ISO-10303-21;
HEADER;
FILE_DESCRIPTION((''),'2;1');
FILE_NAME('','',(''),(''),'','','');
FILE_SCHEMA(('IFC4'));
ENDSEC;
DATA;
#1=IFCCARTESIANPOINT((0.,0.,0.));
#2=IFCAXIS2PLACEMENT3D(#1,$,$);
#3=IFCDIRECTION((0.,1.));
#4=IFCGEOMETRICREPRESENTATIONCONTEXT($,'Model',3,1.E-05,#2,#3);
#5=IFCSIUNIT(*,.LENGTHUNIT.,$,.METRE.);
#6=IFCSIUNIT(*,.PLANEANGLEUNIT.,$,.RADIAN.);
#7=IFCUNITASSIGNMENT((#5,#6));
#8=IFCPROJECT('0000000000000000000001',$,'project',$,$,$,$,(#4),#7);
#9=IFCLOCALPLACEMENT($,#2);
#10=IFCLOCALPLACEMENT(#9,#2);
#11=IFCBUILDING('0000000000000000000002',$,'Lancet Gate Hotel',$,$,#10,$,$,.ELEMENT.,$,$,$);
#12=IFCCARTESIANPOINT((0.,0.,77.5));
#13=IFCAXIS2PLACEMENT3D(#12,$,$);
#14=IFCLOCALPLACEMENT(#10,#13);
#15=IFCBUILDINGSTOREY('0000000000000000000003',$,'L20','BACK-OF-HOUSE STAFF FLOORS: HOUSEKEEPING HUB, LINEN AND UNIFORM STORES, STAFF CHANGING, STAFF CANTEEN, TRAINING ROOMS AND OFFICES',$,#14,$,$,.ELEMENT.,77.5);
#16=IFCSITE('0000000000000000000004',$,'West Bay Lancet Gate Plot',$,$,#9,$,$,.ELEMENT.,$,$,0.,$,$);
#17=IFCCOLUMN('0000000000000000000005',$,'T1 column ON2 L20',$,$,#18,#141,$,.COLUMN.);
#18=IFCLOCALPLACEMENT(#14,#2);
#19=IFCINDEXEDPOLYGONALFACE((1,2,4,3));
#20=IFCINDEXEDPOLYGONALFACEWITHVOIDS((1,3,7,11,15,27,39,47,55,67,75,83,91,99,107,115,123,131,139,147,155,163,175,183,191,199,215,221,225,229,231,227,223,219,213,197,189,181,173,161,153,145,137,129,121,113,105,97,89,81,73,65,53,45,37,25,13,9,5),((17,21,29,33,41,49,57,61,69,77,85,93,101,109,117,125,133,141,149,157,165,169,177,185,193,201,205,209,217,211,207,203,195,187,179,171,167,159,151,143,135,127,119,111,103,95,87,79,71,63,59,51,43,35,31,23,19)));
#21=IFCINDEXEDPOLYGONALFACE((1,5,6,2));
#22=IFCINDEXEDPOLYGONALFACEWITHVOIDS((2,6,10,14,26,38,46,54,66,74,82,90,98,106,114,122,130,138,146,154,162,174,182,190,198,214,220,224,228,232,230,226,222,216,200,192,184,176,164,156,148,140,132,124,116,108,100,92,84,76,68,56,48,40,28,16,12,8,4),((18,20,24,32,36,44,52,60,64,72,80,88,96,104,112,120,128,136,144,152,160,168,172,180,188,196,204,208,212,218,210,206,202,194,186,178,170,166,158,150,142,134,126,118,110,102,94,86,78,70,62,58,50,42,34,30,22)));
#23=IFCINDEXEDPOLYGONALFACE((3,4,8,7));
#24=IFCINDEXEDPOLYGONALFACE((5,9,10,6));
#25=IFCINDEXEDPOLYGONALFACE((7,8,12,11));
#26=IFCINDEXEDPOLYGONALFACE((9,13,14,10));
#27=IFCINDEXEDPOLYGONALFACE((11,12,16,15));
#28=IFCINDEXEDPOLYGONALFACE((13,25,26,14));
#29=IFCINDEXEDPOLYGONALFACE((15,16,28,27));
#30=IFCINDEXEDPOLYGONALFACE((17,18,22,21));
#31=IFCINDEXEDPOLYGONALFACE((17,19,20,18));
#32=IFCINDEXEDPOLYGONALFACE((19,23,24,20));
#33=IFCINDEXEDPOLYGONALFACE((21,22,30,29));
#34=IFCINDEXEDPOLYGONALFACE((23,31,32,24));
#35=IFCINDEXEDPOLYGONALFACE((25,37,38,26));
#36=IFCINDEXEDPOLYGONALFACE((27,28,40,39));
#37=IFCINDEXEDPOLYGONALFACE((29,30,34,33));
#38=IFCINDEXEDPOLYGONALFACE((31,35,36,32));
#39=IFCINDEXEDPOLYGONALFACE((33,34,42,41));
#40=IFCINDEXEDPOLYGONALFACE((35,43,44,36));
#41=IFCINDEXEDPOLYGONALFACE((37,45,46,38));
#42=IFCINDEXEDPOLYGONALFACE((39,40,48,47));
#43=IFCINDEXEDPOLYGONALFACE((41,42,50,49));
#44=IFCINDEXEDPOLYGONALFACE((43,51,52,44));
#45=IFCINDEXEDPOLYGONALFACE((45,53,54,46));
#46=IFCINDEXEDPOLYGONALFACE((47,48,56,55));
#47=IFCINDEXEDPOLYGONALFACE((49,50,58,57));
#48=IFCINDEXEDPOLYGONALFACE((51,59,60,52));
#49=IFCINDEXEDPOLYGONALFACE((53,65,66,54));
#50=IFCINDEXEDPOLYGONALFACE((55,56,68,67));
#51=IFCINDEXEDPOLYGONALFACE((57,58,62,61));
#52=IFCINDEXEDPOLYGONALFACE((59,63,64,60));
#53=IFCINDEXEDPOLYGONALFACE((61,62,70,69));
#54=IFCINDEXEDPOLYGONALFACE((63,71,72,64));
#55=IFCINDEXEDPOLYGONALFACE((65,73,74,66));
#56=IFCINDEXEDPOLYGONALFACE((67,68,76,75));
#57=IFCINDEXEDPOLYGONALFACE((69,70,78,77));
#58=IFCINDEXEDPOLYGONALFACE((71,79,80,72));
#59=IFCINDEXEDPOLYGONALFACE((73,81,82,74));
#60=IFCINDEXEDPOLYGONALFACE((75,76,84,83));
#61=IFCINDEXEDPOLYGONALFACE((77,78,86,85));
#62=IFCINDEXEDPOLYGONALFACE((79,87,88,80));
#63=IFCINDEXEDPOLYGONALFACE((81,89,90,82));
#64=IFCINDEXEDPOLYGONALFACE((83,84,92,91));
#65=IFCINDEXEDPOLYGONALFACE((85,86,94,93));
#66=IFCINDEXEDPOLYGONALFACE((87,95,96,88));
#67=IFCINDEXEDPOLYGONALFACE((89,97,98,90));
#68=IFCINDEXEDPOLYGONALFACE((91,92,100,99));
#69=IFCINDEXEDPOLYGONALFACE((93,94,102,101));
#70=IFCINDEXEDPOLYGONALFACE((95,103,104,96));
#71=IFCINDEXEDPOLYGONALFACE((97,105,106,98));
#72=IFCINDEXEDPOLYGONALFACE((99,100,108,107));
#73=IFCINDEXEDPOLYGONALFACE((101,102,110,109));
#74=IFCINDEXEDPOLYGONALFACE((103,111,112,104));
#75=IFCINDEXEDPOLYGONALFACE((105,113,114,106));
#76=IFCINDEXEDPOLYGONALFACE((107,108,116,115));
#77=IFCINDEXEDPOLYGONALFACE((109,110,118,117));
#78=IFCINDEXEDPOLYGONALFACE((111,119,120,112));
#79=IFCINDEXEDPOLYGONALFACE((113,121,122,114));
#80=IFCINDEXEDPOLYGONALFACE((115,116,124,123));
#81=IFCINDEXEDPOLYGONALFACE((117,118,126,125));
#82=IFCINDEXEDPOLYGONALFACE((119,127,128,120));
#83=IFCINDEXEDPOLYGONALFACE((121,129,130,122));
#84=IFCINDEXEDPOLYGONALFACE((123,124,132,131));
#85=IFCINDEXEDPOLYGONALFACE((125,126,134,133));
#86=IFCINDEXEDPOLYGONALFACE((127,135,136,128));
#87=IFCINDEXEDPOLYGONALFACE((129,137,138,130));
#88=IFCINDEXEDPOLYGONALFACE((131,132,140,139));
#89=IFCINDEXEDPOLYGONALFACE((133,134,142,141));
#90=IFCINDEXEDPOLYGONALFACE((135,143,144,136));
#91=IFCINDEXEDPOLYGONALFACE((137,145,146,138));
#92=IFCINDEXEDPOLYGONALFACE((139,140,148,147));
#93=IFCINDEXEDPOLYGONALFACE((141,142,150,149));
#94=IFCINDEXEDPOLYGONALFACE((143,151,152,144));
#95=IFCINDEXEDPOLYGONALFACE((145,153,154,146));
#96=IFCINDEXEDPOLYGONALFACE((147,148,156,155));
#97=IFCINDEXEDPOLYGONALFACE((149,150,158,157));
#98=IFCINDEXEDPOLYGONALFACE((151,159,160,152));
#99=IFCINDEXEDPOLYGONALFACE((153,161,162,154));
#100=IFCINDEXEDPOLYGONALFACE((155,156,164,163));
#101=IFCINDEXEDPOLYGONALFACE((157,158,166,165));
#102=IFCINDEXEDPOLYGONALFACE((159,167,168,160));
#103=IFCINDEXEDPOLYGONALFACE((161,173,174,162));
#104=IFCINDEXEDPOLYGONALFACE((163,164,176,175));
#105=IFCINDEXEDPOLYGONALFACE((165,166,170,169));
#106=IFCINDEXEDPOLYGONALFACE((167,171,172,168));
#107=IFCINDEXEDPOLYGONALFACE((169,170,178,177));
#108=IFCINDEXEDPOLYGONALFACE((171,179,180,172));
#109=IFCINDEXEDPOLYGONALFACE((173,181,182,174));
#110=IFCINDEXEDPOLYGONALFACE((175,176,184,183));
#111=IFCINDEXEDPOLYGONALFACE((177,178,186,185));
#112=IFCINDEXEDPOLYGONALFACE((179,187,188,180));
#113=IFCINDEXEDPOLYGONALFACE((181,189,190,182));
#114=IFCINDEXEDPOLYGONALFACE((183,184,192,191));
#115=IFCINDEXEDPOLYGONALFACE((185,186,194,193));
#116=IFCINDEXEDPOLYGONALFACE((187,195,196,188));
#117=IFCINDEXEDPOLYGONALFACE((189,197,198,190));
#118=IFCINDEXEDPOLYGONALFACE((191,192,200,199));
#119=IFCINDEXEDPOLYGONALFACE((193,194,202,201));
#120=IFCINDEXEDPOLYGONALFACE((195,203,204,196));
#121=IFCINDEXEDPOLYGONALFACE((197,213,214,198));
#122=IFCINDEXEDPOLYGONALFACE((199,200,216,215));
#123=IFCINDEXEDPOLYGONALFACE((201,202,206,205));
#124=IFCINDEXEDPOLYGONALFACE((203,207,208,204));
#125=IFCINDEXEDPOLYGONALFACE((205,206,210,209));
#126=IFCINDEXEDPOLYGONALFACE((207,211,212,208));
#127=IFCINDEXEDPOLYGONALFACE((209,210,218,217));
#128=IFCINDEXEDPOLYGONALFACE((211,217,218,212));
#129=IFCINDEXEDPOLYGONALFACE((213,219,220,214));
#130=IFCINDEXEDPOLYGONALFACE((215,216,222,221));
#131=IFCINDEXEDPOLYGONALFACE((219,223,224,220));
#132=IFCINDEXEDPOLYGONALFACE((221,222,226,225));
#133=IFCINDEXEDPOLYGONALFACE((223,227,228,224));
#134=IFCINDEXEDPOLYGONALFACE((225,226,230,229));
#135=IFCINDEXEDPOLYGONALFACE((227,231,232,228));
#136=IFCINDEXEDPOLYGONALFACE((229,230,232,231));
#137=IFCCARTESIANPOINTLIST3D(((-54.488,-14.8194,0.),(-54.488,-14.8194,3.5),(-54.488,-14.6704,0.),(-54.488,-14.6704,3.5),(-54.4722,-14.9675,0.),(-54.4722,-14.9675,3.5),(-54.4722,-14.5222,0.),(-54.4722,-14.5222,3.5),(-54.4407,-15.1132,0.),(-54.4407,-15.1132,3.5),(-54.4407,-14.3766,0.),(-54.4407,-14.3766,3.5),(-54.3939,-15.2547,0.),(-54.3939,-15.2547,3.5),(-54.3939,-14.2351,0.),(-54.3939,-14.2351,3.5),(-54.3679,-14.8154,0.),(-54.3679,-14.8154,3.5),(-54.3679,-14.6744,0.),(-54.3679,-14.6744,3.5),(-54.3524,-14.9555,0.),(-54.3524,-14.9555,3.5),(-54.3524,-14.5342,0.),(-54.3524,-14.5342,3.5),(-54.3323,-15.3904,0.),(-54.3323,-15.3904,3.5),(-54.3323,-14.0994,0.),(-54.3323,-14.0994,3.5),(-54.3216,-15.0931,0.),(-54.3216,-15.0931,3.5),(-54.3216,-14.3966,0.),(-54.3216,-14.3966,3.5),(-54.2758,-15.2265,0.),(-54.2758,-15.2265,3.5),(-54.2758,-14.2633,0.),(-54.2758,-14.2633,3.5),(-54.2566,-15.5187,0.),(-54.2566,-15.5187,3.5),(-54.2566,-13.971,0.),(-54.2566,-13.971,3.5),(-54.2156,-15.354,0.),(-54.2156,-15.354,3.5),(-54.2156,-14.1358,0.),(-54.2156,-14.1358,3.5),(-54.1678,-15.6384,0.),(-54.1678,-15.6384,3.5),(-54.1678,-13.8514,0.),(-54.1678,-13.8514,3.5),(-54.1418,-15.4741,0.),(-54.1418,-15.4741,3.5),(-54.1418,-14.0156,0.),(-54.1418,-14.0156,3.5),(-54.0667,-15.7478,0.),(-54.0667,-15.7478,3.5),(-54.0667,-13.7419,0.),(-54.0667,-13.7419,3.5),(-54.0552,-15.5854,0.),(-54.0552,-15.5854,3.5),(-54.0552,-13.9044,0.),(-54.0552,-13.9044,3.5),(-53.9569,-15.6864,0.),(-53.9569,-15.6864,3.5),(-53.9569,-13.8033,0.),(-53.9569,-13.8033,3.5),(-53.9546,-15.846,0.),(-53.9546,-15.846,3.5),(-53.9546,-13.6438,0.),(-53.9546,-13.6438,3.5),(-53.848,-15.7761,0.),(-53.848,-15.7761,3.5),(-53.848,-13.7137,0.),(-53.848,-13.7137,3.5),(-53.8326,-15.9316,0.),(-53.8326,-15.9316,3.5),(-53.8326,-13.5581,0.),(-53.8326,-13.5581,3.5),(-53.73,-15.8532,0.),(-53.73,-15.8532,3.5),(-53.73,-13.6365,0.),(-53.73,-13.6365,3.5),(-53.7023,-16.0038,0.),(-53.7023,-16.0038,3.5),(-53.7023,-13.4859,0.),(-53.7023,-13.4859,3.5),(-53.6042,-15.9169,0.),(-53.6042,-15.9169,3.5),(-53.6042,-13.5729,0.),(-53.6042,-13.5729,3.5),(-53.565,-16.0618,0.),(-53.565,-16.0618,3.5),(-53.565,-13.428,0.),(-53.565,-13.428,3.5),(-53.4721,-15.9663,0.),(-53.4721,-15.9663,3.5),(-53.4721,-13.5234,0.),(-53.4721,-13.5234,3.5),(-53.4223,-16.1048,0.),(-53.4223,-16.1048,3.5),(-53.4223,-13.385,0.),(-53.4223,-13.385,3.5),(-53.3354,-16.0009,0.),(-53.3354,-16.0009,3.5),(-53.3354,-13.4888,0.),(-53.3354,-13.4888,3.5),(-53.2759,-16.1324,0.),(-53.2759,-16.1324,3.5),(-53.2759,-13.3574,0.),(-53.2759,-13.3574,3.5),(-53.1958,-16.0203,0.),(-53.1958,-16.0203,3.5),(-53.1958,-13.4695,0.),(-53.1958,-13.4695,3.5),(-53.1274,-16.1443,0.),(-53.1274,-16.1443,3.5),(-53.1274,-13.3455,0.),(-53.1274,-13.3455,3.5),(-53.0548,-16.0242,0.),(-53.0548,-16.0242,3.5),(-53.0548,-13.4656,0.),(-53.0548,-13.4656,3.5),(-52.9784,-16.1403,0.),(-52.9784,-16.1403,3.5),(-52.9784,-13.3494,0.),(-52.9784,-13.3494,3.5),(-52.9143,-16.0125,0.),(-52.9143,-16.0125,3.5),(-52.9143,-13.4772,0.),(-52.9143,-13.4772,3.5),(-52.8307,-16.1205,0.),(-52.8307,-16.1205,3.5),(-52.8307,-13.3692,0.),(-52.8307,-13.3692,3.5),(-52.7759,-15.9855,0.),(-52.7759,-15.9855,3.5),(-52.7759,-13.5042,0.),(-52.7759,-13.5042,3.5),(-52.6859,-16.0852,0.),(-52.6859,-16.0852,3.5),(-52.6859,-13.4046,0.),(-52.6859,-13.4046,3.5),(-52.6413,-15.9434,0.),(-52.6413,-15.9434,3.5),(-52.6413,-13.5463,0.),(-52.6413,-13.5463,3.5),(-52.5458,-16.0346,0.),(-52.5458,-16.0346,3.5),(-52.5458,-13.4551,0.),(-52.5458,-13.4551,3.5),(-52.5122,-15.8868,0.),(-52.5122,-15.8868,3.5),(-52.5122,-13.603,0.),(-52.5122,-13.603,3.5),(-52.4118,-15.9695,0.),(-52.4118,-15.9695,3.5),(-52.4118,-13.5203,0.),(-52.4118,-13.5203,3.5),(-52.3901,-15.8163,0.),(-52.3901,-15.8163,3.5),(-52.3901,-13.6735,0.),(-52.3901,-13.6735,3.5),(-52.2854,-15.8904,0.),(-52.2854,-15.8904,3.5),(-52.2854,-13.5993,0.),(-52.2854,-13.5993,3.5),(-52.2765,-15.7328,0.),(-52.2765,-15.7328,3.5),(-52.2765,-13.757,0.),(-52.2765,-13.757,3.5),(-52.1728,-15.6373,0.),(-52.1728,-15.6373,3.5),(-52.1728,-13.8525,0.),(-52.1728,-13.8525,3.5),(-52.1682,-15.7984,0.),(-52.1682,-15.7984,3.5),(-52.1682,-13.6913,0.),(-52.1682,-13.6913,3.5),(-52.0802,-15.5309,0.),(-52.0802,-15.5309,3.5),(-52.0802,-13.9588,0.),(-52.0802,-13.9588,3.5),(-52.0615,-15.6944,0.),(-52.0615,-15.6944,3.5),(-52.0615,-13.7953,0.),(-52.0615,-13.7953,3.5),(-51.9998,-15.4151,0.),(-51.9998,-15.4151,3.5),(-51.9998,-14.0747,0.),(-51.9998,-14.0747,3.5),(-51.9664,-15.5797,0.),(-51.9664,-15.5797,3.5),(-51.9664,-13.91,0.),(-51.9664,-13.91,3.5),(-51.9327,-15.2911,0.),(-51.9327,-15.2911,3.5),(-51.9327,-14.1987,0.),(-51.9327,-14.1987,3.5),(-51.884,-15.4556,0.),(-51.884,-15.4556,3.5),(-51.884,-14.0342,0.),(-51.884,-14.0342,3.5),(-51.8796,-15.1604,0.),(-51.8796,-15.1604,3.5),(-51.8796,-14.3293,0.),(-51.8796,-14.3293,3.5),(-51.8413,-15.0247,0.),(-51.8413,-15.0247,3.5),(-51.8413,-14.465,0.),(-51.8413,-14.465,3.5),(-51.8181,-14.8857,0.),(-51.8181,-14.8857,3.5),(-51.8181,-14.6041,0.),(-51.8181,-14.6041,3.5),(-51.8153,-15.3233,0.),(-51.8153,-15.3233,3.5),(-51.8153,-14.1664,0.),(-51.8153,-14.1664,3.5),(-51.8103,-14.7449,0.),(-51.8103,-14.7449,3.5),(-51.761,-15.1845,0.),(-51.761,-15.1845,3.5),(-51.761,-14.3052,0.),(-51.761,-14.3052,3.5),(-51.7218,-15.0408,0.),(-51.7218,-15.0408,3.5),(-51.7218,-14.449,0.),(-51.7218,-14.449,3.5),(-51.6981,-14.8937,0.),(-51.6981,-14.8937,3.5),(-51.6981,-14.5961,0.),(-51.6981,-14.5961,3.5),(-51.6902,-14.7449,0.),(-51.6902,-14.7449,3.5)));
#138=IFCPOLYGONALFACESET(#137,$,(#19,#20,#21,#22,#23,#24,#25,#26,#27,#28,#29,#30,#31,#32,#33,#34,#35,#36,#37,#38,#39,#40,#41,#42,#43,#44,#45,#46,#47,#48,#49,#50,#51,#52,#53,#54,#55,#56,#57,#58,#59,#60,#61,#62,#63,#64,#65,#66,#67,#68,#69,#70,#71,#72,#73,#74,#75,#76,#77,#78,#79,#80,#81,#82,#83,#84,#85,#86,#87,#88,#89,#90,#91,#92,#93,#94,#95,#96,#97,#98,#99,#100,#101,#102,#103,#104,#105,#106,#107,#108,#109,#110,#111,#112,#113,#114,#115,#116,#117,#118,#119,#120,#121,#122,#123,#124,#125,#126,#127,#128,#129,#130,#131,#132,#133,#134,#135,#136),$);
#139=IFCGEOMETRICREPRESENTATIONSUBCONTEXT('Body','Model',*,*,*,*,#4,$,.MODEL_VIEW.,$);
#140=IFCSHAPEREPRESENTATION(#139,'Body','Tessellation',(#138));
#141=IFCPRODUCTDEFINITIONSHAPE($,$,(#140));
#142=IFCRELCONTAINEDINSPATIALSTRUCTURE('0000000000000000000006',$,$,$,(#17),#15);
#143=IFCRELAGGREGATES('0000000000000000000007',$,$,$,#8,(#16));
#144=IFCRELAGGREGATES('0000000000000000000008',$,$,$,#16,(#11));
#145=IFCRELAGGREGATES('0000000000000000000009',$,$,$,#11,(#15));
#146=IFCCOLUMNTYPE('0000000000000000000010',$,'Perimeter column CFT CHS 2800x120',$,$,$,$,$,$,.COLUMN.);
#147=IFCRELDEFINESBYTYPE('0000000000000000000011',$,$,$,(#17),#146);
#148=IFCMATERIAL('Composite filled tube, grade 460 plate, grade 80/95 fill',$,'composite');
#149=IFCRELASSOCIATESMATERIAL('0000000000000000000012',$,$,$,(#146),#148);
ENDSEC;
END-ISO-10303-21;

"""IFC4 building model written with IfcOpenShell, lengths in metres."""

from ifc_helpers import new_model, si_unit, direction, frame, origin, origin_2d, place, context, subcontext, project, spatial, hollow_circle, extrude, material, material_profile, profile_set, type_object, element, save


model = new_model("IFC4")

# Units and contexts
model_context = context("Model", 3, precision=1e-05, world=origin(), true_north=direction((0.0, 1.0)))
body_context = subcontext(model_context, "Body", "Model", "MODEL_VIEW")
ifc_project = project(units=[si_unit("LENGTHUNIT", "METRE"), si_unit("PLANEANGLEUNIT", "RADIAN")], contexts=[model_context])

# Site, building, storey
site_placement = place(None, origin())
site = spatial("IfcSite", under=ifc_project, at=site_placement, Name="West Bay Lancet Gate Plot", CompositionType="ELEMENT", RefElevation=0.0)
building_placement = place(site_placement, origin())
building = spatial("IfcBuilding", under=site, at=building_placement, Name="Lancet Gate Hotel", CompositionType="ELEMENT")
storey_placement = place(building_placement, frame((0.0, 0.0, 77.5)))
storey = spatial("IfcBuildingStorey", under=building, at=storey_placement, Name="L20", Description="BACK-OF-HOUSE STAFF FLOORS: HOUSEKEEPING HUB, LINEN AND UNIFORM STORES, STAFF CHANGING, STAFF CANTEEN, TRAINING ROOMS AND OFFICES", CompositionType="ELEMENT", Elevation=77.5)

# Column
ifc_material_1 = material(Name="Composite filled tube, grade 460 plate, grade 80/95 fill", Category="composite")
ifc_material_profile_1 = material_profile(ifc_material_1, hollow_circle(Radius=1.3999, WallThickness=0.1201, at=origin_2d()), Name="CHS 2800x120")
ifc_profile_set_1 = profile_set([ifc_material_profile_1], Name="Composite filled tube, grade 460 plate, grade 80/95 fill")
column_type = type_object("IfcColumnType", Name="Perimeter column CFT CHS 2800x120", PredefinedType="COLUMN", material=ifc_profile_set_1)
for number, where, z_axis, x_axis, name in (
    (1, (-53.0901, -14.7449, 0.0), (0.0, 0.0, 1.0), (1.0, 0.0, 0.0), "T1 column ON2 L20"),
):
    element("IfcColumn", number, at=place(storey_placement, frame(where, z_axis=z_axis, x_axis=x_axis)), inside=storey, type_object=column_type, Name=name, PredefinedType="COLUMN", context=body_context, shape_type="SweptSolid", body=[
        extrude(hollow_circle(Radius=1.3999, WallThickness=0.1201, at=origin_2d()), origin(), (0.0, 0.0, 1.0), 3.5),
    ])

save(model, "model.ifc")
